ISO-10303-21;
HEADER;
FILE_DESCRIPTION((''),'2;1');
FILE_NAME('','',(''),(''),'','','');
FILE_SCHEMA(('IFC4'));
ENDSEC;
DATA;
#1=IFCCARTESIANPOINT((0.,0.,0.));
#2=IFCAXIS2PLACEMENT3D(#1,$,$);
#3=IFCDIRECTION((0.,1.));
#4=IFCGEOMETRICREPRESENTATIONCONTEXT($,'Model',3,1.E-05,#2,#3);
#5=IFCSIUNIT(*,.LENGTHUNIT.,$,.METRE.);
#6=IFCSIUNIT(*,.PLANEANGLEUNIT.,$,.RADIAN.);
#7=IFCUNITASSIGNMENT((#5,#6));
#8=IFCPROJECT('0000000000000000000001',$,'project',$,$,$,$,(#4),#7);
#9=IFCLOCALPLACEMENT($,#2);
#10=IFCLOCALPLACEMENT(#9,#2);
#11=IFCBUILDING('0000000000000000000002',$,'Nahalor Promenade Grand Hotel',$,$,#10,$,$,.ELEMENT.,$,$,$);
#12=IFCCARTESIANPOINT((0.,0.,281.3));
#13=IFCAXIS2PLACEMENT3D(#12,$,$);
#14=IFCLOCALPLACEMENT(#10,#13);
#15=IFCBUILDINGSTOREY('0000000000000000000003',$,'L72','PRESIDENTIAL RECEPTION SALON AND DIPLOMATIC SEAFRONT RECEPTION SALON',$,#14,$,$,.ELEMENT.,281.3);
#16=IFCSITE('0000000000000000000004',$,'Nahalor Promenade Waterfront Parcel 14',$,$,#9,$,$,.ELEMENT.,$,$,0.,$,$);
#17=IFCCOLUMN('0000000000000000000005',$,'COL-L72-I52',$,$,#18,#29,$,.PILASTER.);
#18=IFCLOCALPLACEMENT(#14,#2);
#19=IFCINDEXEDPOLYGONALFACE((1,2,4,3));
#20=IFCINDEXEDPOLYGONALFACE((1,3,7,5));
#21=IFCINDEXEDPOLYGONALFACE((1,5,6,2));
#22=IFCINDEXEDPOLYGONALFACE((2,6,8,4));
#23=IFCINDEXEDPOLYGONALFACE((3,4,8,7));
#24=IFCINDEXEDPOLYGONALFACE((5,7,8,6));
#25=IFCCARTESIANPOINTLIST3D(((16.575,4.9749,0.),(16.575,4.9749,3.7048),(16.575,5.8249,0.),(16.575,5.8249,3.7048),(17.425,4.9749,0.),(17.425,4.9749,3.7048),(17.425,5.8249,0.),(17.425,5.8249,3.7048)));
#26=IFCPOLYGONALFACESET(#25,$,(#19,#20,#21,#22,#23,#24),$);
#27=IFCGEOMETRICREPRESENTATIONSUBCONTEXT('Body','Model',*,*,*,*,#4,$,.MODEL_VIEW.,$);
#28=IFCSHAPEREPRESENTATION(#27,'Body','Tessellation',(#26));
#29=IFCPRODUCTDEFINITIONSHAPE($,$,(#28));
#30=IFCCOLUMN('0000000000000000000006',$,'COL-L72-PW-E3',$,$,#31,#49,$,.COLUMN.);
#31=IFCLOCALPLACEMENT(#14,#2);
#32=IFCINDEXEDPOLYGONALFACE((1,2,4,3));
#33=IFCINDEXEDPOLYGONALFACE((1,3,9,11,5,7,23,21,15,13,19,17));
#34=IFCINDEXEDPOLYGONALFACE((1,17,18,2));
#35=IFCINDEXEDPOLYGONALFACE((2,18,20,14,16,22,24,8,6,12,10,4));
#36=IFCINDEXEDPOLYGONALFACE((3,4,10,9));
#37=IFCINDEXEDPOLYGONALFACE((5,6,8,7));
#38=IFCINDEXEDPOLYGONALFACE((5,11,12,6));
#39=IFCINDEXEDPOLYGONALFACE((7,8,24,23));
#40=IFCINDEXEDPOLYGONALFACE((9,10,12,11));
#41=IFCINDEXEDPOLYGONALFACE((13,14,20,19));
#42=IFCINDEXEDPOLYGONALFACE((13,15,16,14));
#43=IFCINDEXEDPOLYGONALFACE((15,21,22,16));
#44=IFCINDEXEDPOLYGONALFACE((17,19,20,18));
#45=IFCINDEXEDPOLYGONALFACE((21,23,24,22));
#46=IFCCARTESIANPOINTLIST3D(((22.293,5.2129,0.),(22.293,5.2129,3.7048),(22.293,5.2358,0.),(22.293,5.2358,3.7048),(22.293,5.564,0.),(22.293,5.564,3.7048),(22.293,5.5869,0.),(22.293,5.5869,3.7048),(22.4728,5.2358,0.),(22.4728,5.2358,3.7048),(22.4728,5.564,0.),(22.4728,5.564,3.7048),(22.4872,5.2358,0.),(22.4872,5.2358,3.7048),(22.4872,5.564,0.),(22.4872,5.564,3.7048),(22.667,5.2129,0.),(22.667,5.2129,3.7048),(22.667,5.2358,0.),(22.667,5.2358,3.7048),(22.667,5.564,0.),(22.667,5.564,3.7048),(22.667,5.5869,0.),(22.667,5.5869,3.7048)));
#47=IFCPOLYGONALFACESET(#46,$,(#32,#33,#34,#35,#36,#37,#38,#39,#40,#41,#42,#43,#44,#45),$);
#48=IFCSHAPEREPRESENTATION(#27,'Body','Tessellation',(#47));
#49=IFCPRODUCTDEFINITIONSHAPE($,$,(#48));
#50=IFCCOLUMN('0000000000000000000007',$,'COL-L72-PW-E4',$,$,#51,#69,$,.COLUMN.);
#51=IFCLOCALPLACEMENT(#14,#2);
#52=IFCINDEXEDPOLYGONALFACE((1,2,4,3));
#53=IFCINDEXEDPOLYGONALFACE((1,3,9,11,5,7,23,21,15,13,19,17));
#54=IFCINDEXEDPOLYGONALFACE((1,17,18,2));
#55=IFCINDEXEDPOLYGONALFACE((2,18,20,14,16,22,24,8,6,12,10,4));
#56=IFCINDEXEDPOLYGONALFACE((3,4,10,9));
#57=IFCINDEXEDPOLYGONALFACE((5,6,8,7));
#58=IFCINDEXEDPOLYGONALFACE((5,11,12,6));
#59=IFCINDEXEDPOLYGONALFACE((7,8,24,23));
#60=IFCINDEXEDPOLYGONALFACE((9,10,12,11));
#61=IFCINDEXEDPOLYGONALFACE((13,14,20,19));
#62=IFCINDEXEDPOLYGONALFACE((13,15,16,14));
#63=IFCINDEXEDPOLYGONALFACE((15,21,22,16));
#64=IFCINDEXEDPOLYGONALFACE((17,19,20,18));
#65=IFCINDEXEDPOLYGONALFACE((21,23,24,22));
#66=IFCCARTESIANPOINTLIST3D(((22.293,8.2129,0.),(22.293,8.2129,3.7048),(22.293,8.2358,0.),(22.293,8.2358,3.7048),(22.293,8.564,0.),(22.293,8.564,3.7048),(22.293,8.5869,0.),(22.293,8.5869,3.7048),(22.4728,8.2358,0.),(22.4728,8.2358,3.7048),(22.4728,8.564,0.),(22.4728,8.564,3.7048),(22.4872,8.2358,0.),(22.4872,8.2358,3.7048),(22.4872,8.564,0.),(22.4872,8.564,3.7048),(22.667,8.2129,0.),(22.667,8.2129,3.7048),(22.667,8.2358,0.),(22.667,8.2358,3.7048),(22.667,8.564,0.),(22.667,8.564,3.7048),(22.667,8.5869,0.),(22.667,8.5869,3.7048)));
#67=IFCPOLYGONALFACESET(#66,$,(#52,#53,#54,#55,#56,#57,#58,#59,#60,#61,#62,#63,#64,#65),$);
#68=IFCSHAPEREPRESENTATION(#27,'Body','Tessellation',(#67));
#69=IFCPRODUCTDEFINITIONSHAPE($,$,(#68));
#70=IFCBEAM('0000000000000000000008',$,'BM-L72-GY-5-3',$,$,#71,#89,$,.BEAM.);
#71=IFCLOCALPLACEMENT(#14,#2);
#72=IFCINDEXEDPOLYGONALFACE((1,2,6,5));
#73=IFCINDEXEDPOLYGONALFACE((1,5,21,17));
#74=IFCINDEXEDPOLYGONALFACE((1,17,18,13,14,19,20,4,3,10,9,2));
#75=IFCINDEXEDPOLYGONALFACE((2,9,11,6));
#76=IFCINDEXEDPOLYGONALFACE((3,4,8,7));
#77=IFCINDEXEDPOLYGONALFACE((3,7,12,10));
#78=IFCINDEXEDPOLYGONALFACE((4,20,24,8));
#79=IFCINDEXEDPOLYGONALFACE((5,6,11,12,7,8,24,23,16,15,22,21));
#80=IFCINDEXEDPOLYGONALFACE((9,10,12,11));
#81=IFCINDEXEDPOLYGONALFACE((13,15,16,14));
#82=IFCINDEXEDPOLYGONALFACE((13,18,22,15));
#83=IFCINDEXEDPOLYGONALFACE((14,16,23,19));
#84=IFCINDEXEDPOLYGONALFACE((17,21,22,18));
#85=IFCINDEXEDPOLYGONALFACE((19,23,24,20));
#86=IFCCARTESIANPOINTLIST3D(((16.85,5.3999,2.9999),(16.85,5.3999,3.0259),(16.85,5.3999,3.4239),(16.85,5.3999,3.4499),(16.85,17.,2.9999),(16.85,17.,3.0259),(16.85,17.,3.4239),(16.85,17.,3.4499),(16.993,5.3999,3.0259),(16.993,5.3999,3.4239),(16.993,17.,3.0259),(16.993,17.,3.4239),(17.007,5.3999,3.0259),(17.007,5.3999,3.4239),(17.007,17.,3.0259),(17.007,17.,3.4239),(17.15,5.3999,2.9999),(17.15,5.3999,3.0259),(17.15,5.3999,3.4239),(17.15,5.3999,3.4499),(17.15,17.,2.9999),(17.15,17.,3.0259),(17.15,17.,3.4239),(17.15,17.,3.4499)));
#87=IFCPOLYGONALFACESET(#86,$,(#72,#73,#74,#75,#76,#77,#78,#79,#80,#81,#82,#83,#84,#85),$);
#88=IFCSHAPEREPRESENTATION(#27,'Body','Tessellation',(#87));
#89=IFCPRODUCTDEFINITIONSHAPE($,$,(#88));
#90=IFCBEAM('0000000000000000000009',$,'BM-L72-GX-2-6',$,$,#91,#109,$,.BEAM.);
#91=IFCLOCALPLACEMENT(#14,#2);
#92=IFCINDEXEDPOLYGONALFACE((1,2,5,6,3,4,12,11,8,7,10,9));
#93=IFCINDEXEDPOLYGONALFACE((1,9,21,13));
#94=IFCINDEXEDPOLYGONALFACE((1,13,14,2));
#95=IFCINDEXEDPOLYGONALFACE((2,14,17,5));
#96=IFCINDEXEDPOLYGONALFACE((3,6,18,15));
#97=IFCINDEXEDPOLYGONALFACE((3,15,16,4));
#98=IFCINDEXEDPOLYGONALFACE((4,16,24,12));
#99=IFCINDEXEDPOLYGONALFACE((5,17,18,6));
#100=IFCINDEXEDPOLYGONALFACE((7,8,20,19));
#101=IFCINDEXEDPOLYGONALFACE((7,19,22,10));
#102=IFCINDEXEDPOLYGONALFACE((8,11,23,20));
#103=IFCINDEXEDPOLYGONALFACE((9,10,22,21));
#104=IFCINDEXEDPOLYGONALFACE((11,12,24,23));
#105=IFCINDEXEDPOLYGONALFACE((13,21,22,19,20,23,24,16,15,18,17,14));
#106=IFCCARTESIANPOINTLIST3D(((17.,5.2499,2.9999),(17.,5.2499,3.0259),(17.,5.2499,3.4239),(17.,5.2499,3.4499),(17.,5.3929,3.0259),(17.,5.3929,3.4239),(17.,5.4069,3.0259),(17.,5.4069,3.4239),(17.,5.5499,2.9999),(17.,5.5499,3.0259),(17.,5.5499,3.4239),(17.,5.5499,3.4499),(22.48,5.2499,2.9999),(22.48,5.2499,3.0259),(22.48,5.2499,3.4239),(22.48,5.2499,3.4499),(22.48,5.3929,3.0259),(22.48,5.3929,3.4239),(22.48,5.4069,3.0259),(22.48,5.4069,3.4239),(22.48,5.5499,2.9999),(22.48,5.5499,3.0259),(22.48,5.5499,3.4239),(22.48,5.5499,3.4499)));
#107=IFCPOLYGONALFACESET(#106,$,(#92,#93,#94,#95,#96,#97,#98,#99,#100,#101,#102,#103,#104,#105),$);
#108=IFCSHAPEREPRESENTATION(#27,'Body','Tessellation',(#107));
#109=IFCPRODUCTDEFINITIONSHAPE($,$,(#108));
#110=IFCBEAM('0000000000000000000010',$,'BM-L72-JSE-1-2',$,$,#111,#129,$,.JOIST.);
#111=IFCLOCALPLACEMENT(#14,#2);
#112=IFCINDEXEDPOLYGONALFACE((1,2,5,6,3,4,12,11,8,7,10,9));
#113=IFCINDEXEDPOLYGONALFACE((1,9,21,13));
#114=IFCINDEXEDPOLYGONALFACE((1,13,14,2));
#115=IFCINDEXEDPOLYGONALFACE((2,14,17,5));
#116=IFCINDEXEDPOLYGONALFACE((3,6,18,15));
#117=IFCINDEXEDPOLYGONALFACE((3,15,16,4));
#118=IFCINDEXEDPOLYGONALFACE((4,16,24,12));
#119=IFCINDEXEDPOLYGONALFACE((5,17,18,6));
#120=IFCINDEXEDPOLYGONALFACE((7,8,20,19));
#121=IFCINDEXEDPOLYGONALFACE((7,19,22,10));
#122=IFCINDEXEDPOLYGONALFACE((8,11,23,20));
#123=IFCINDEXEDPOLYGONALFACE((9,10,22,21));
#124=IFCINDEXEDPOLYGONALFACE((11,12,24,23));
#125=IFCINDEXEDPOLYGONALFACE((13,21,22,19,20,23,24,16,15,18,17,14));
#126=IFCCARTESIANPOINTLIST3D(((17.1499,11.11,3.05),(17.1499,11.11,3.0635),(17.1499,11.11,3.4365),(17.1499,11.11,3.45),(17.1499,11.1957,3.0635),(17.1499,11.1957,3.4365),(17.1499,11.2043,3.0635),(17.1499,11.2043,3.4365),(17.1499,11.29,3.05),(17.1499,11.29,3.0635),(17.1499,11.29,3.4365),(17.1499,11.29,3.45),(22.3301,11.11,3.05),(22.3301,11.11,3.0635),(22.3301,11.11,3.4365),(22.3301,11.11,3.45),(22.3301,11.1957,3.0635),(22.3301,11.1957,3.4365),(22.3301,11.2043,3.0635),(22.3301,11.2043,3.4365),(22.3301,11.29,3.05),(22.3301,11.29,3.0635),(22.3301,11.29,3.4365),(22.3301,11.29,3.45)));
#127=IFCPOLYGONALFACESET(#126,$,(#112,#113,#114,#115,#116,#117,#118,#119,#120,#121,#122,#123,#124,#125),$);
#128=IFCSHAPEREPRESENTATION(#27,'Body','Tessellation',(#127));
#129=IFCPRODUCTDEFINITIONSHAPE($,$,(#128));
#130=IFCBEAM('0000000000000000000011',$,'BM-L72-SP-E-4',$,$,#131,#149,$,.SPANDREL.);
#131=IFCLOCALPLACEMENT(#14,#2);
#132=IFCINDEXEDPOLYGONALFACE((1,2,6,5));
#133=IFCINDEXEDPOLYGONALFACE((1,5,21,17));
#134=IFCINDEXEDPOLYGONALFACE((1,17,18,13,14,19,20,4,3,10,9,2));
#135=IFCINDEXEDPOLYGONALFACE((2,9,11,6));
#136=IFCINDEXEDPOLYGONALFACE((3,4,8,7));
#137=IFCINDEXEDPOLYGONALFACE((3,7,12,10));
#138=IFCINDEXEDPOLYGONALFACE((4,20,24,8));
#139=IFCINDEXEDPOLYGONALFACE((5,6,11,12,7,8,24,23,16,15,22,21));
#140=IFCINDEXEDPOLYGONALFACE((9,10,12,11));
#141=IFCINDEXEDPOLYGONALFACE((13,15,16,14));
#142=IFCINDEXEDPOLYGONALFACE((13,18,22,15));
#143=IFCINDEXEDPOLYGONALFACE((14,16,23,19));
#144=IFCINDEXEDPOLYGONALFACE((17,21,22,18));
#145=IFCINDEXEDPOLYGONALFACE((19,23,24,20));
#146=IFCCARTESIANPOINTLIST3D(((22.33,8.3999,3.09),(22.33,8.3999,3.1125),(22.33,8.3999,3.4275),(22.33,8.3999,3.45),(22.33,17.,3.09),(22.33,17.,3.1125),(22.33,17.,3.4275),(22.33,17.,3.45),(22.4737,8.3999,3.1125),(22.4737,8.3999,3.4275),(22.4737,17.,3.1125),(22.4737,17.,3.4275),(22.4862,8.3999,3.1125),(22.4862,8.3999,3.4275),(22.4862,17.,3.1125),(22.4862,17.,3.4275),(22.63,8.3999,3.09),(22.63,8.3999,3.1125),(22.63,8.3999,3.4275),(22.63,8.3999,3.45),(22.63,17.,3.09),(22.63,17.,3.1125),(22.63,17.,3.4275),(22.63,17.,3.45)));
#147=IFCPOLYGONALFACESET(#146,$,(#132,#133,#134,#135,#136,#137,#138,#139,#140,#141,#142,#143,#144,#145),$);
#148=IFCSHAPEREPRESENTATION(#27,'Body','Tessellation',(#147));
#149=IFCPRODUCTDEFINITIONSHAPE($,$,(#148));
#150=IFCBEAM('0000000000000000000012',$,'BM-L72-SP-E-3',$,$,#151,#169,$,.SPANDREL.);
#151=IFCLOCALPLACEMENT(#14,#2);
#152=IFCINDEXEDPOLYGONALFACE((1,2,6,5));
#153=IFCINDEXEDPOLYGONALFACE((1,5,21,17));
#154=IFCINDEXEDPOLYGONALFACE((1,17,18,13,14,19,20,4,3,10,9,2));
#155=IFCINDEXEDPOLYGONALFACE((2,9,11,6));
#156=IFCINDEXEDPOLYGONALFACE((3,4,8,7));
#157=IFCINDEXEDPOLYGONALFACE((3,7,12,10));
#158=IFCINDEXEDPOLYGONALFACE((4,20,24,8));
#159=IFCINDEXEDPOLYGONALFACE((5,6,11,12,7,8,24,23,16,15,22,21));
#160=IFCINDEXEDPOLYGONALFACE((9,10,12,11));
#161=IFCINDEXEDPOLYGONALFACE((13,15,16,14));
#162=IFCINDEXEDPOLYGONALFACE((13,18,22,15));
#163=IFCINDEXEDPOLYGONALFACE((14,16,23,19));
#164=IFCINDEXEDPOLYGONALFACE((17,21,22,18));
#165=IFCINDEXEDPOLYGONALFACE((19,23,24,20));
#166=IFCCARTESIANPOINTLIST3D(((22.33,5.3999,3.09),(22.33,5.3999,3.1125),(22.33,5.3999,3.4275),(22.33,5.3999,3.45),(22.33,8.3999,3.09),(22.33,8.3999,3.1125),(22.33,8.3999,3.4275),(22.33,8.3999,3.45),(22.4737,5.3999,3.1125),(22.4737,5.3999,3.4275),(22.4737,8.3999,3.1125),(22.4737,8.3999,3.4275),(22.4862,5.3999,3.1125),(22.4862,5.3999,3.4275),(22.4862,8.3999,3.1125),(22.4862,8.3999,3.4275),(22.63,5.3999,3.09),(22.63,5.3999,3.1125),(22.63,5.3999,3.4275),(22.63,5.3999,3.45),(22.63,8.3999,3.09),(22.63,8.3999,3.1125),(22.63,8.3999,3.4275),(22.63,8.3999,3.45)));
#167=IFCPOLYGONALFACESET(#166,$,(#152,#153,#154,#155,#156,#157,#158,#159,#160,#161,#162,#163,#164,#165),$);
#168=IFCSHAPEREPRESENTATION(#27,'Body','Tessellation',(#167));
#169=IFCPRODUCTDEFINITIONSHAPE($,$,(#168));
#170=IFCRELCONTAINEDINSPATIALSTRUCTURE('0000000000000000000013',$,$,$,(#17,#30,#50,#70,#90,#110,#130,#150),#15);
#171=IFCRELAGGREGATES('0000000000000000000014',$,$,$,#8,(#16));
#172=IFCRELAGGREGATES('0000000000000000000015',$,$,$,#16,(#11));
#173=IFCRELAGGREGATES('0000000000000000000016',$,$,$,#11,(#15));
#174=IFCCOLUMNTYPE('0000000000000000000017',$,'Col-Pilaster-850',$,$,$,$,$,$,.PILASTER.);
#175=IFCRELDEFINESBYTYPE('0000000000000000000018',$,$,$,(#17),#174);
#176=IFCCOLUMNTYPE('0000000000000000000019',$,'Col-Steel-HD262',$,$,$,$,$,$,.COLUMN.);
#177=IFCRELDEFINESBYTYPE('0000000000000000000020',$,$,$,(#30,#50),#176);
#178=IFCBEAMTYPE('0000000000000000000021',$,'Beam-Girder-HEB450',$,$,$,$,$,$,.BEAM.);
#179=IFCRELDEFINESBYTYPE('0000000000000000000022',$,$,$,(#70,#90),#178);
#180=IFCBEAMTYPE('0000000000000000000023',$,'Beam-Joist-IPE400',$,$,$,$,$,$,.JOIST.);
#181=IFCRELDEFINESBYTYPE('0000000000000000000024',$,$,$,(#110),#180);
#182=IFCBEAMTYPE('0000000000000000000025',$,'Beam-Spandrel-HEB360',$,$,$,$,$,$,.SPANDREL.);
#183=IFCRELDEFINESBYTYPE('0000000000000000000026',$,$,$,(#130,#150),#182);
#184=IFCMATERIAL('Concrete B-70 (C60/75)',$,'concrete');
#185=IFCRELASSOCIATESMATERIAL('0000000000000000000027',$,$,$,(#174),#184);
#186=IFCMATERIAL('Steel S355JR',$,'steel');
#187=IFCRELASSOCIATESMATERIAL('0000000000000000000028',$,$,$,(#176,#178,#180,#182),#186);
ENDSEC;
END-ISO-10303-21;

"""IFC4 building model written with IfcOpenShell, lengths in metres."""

from ifc_helpers import new_model, si_unit, direction, frame, origin, origin_2d, place, context, subcontext, project, spatial, rectangle, i_section, extrude, source, transform, mapped, material, material_profile, profile_set, type_object, element, save


model = new_model("IFC4")

# Units and contexts
model_context = context("Model", 3, precision=1e-05, world=origin(), true_north=direction((0.0, 1.0)))
body_context = subcontext(model_context, "Body", "Model", "MODEL_VIEW")
ifc_project = project(units=[si_unit("LENGTHUNIT", "METRE"), si_unit("PLANEANGLEUNIT", "RADIAN")], contexts=[model_context])

# Site, building, storey
site_placement = place(None, origin())
site = spatial("IfcSite", under=ifc_project, at=site_placement, Name="Nahalor Promenade Waterfront Parcel 14", CompositionType="ELEMENT", RefElevation=0.0)
building_placement = place(site_placement, origin())
building = spatial("IfcBuilding", under=site, at=building_placement, Name="Nahalor Promenade Grand Hotel", CompositionType="ELEMENT")
storey_placement = place(building_placement, frame((0.0, 0.0, 281.3)))
storey = spatial("IfcBuildingStorey", under=building, at=storey_placement, Name="L72", Description="PRESIDENTIAL RECEPTION SALON AND DIPLOMATIC SEAFRONT RECEPTION SALON", CompositionType="ELEMENT", Elevation=281.3)

# Columns
ifc_material_1 = material(Name="Concrete B-70 (C60/75)", Category="concrete")
ifc_material_profile_1 = material_profile(ifc_material_1, rectangle(XDim=0.85, YDim=0.85, at=origin_2d()), Name="RC 850x850")
ifc_profile_set_1 = profile_set([ifc_material_profile_1], Name="Concrete B-70 (C60/75)")
column_type_1 = type_object("IfcColumnType", Name="Col-Pilaster-850", PredefinedType="PILASTER", material=ifc_profile_set_1)
shared_shape_1 = source(origin(), body_context, "Body", "SweptSolid", [
    extrude(rectangle(XDim=0.85, YDim=0.85, at=origin_2d()), origin(), (0.0, 0.0, 1.0), 3.7048),
])
column_placement = place(storey_placement, frame((17.0, 5.3999, 0.0), z_axis=(0.0, 0.0, 1.0), x_axis=(1.0, 0.0, 0.0)))
element("IfcColumn", 1, at=column_placement, inside=storey, type_object=column_type_1, Name="COL-L72-I52", PredefinedType="PILASTER", context=body_context, shape_type="MappedRepresentation", body=[
    mapped(shared_shape_1, transform((0.0, 0.0, 0.0), scale=1.0)),
])
ifc_material_2 = material(Name="Steel S355JR", Category="steel")
ifc_material_profile_2 = material_profile(ifc_material_2, i_section(OverallWidth=0.374, OverallDepth=0.374, WebThickness=0.0144, FlangeThickness=0.0229, at=origin_2d()), Name="HD 360x262")
ifc_profile_set_2 = profile_set([ifc_material_profile_2], Name="Steel S355JR")
column_type_2 = type_object("IfcColumnType", Name="Col-Steel-HD262", PredefinedType="COLUMN", material=ifc_profile_set_2)
shared_shape_2 = source(origin(), body_context, "Body", "SweptSolid", [
    extrude(i_section(OverallWidth=0.374, OverallDepth=0.374, WebThickness=0.0144, FlangeThickness=0.0229, at=origin_2d()), origin(), (0.0, 0.0, 1.0), 3.7048),
])
for number, where, z_axis, x_axis, name in (
    (2, (22.48, 5.3999, 0.0), (0.0, 0.0, 1.0), (1.0, 0.0, 0.0), "COL-L72-PW-E3"),
    (3, (22.48, 8.3999, 0.0), (0.0, 0.0, 1.0), (1.0, 0.0, 0.0), "COL-L72-PW-E4"),
):
    element("IfcColumn", number, at=place(storey_placement, frame(where, z_axis=z_axis, x_axis=x_axis)), inside=storey, type_object=column_type_2, Name=name, PredefinedType="COLUMN", context=body_context, shape_type="MappedRepresentation", body=[
        mapped(shared_shape_2, transform((0.0, 0.0, 0.0), scale=1.0)),
    ])

# Beams
ifc_material_profile_3 = material_profile(ifc_material_2, i_section(OverallWidth=0.3, OverallDepth=0.45, WebThickness=0.014, FlangeThickness=0.026, at=origin_2d()), Name="HEB 450")
ifc_profile_set_3 = profile_set([ifc_material_profile_3], Name="Steel S355JR")
beam_type_1 = type_object("IfcBeamType", Name="Beam-Girder-HEB450", PredefinedType="BEAM", material=ifc_profile_set_3)
shared_shape_3 = source(origin(), body_context, "Body", "SweptSolid", [
    extrude(i_section(OverallWidth=0.3, OverallDepth=0.45, WebThickness=0.014, FlangeThickness=0.026, at=origin_2d()), origin(), (0.0, 0.0, 1.0), 11.6001),
])
beam_1_placement = place(storey_placement, frame((17.0, 5.3999, 3.2249), z_axis=(0.0, 1.0, 0.0), x_axis=(-1.0, 0.0, 0.0)))
element("IfcBeam", 4, at=beam_1_placement, inside=storey, type_object=beam_type_1, Name="BM-L72-GY-5-3", PredefinedType="BEAM", context=body_context, shape_type="MappedRepresentation", body=[
    mapped(shared_shape_3, transform((0.0, 0.0, 0.0), scale=1.0)),
])
shared_shape_4 = source(origin(), body_context, "Body", "SweptSolid", [
    extrude(i_section(OverallWidth=0.3, OverallDepth=0.45, WebThickness=0.014, FlangeThickness=0.026, at=origin_2d()), origin(), (0.0, 0.0, 1.0), 5.48),
])
beam_2_placement = place(storey_placement, frame((17.0, 5.3999, 3.2249), z_axis=(1.0, 0.0, 0.0), x_axis=(0.0, 1.0, 0.0)))
element("IfcBeam", 5, at=beam_2_placement, inside=storey, type_object=beam_type_1, Name="BM-L72-GX-2-6", PredefinedType="BEAM", context=body_context, shape_type="MappedRepresentation", body=[
    mapped(shared_shape_4, transform((0.0, 0.0, 0.0), scale=1.0)),
])
ifc_material_profile_4 = material_profile(ifc_material_2, i_section(OverallWidth=0.18, OverallDepth=0.4, WebThickness=0.0086, FlangeThickness=0.0135, at=origin_2d()), Name="IPE 400")
ifc_profile_set_4 = profile_set([ifc_material_profile_4], Name="Steel S355JR")
beam_type_2 = type_object("IfcBeamType", Name="Beam-Joist-IPE400", PredefinedType="JOIST", material=ifc_profile_set_4)
shared_shape_5 = source(origin(), body_context, "Body", "SweptSolid", [
    extrude(i_section(OverallWidth=0.18, OverallDepth=0.4, WebThickness=0.0086, FlangeThickness=0.0135, at=origin_2d()), origin(), (0.0, 0.0, 1.0), 5.1802),
])
beam_3_placement = place(storey_placement, frame((17.1499, 11.2, 3.25), z_axis=(1.0, 0.0, 0.0), x_axis=(0.0, 1.0, 0.0)))
element("IfcBeam", 6, at=beam_3_placement, inside=storey, type_object=beam_type_2, Name="BM-L72-JSE-1-2", PredefinedType="JOIST", context=body_context, shape_type="MappedRepresentation", body=[
    mapped(shared_shape_5, transform((0.0, 0.0, 0.0), scale=1.0)),
])
ifc_material_profile_5 = material_profile(ifc_material_2, i_section(OverallWidth=0.3, OverallDepth=0.36, WebThickness=0.0125, FlangeThickness=0.0225, at=origin_2d()), Name="HEB 360")
ifc_profile_set_5 = profile_set([ifc_material_profile_5], Name="Steel S355JR")
beam_type_3 = type_object("IfcBeamType", Name="Beam-Spandrel-HEB360", PredefinedType="SPANDREL", material=ifc_profile_set_5)
shared_shape_6 = source(origin(), body_context, "Body", "SweptSolid", [
    extrude(i_section(OverallWidth=0.3, OverallDepth=0.36, WebThickness=0.0125, FlangeThickness=0.0225, at=origin_2d()), origin(), (0.0, 0.0, 1.0), 8.6001),
])
beam_4_placement = place(storey_placement, frame((22.48, 8.3999, 3.27), z_axis=(0.0, 1.0, 0.0), x_axis=(-1.0, 0.0, 0.0)))
element("IfcBeam", 7, at=beam_4_placement, inside=storey, type_object=beam_type_3, Name="BM-L72-SP-E-4", PredefinedType="SPANDREL", context=body_context, shape_type="MappedRepresentation", body=[
    mapped(shared_shape_6, transform((0.0, 0.0, 0.0), scale=1.0)),
])
shared_shape_7 = source(origin(), body_context, "Body", "SweptSolid", [
    extrude(i_section(OverallWidth=0.3, OverallDepth=0.36, WebThickness=0.0125, FlangeThickness=0.0225, at=origin_2d()), origin(), (0.0, 0.0, 1.0), 3.0),
])
beam_5_placement = place(storey_placement, frame((22.48, 5.3999, 3.27), z_axis=(0.0, 1.0, 0.0), x_axis=(-1.0, 0.0, 0.0)))
element("IfcBeam", 8, at=beam_5_placement, inside=storey, type_object=beam_type_3, Name="BM-L72-SP-E-3", PredefinedType="SPANDREL", context=body_context, shape_type="MappedRepresentation", body=[
    mapped(shared_shape_7, transform((0.0, 0.0, 0.0), scale=1.0)),
])

save(model, "model.ifc")
